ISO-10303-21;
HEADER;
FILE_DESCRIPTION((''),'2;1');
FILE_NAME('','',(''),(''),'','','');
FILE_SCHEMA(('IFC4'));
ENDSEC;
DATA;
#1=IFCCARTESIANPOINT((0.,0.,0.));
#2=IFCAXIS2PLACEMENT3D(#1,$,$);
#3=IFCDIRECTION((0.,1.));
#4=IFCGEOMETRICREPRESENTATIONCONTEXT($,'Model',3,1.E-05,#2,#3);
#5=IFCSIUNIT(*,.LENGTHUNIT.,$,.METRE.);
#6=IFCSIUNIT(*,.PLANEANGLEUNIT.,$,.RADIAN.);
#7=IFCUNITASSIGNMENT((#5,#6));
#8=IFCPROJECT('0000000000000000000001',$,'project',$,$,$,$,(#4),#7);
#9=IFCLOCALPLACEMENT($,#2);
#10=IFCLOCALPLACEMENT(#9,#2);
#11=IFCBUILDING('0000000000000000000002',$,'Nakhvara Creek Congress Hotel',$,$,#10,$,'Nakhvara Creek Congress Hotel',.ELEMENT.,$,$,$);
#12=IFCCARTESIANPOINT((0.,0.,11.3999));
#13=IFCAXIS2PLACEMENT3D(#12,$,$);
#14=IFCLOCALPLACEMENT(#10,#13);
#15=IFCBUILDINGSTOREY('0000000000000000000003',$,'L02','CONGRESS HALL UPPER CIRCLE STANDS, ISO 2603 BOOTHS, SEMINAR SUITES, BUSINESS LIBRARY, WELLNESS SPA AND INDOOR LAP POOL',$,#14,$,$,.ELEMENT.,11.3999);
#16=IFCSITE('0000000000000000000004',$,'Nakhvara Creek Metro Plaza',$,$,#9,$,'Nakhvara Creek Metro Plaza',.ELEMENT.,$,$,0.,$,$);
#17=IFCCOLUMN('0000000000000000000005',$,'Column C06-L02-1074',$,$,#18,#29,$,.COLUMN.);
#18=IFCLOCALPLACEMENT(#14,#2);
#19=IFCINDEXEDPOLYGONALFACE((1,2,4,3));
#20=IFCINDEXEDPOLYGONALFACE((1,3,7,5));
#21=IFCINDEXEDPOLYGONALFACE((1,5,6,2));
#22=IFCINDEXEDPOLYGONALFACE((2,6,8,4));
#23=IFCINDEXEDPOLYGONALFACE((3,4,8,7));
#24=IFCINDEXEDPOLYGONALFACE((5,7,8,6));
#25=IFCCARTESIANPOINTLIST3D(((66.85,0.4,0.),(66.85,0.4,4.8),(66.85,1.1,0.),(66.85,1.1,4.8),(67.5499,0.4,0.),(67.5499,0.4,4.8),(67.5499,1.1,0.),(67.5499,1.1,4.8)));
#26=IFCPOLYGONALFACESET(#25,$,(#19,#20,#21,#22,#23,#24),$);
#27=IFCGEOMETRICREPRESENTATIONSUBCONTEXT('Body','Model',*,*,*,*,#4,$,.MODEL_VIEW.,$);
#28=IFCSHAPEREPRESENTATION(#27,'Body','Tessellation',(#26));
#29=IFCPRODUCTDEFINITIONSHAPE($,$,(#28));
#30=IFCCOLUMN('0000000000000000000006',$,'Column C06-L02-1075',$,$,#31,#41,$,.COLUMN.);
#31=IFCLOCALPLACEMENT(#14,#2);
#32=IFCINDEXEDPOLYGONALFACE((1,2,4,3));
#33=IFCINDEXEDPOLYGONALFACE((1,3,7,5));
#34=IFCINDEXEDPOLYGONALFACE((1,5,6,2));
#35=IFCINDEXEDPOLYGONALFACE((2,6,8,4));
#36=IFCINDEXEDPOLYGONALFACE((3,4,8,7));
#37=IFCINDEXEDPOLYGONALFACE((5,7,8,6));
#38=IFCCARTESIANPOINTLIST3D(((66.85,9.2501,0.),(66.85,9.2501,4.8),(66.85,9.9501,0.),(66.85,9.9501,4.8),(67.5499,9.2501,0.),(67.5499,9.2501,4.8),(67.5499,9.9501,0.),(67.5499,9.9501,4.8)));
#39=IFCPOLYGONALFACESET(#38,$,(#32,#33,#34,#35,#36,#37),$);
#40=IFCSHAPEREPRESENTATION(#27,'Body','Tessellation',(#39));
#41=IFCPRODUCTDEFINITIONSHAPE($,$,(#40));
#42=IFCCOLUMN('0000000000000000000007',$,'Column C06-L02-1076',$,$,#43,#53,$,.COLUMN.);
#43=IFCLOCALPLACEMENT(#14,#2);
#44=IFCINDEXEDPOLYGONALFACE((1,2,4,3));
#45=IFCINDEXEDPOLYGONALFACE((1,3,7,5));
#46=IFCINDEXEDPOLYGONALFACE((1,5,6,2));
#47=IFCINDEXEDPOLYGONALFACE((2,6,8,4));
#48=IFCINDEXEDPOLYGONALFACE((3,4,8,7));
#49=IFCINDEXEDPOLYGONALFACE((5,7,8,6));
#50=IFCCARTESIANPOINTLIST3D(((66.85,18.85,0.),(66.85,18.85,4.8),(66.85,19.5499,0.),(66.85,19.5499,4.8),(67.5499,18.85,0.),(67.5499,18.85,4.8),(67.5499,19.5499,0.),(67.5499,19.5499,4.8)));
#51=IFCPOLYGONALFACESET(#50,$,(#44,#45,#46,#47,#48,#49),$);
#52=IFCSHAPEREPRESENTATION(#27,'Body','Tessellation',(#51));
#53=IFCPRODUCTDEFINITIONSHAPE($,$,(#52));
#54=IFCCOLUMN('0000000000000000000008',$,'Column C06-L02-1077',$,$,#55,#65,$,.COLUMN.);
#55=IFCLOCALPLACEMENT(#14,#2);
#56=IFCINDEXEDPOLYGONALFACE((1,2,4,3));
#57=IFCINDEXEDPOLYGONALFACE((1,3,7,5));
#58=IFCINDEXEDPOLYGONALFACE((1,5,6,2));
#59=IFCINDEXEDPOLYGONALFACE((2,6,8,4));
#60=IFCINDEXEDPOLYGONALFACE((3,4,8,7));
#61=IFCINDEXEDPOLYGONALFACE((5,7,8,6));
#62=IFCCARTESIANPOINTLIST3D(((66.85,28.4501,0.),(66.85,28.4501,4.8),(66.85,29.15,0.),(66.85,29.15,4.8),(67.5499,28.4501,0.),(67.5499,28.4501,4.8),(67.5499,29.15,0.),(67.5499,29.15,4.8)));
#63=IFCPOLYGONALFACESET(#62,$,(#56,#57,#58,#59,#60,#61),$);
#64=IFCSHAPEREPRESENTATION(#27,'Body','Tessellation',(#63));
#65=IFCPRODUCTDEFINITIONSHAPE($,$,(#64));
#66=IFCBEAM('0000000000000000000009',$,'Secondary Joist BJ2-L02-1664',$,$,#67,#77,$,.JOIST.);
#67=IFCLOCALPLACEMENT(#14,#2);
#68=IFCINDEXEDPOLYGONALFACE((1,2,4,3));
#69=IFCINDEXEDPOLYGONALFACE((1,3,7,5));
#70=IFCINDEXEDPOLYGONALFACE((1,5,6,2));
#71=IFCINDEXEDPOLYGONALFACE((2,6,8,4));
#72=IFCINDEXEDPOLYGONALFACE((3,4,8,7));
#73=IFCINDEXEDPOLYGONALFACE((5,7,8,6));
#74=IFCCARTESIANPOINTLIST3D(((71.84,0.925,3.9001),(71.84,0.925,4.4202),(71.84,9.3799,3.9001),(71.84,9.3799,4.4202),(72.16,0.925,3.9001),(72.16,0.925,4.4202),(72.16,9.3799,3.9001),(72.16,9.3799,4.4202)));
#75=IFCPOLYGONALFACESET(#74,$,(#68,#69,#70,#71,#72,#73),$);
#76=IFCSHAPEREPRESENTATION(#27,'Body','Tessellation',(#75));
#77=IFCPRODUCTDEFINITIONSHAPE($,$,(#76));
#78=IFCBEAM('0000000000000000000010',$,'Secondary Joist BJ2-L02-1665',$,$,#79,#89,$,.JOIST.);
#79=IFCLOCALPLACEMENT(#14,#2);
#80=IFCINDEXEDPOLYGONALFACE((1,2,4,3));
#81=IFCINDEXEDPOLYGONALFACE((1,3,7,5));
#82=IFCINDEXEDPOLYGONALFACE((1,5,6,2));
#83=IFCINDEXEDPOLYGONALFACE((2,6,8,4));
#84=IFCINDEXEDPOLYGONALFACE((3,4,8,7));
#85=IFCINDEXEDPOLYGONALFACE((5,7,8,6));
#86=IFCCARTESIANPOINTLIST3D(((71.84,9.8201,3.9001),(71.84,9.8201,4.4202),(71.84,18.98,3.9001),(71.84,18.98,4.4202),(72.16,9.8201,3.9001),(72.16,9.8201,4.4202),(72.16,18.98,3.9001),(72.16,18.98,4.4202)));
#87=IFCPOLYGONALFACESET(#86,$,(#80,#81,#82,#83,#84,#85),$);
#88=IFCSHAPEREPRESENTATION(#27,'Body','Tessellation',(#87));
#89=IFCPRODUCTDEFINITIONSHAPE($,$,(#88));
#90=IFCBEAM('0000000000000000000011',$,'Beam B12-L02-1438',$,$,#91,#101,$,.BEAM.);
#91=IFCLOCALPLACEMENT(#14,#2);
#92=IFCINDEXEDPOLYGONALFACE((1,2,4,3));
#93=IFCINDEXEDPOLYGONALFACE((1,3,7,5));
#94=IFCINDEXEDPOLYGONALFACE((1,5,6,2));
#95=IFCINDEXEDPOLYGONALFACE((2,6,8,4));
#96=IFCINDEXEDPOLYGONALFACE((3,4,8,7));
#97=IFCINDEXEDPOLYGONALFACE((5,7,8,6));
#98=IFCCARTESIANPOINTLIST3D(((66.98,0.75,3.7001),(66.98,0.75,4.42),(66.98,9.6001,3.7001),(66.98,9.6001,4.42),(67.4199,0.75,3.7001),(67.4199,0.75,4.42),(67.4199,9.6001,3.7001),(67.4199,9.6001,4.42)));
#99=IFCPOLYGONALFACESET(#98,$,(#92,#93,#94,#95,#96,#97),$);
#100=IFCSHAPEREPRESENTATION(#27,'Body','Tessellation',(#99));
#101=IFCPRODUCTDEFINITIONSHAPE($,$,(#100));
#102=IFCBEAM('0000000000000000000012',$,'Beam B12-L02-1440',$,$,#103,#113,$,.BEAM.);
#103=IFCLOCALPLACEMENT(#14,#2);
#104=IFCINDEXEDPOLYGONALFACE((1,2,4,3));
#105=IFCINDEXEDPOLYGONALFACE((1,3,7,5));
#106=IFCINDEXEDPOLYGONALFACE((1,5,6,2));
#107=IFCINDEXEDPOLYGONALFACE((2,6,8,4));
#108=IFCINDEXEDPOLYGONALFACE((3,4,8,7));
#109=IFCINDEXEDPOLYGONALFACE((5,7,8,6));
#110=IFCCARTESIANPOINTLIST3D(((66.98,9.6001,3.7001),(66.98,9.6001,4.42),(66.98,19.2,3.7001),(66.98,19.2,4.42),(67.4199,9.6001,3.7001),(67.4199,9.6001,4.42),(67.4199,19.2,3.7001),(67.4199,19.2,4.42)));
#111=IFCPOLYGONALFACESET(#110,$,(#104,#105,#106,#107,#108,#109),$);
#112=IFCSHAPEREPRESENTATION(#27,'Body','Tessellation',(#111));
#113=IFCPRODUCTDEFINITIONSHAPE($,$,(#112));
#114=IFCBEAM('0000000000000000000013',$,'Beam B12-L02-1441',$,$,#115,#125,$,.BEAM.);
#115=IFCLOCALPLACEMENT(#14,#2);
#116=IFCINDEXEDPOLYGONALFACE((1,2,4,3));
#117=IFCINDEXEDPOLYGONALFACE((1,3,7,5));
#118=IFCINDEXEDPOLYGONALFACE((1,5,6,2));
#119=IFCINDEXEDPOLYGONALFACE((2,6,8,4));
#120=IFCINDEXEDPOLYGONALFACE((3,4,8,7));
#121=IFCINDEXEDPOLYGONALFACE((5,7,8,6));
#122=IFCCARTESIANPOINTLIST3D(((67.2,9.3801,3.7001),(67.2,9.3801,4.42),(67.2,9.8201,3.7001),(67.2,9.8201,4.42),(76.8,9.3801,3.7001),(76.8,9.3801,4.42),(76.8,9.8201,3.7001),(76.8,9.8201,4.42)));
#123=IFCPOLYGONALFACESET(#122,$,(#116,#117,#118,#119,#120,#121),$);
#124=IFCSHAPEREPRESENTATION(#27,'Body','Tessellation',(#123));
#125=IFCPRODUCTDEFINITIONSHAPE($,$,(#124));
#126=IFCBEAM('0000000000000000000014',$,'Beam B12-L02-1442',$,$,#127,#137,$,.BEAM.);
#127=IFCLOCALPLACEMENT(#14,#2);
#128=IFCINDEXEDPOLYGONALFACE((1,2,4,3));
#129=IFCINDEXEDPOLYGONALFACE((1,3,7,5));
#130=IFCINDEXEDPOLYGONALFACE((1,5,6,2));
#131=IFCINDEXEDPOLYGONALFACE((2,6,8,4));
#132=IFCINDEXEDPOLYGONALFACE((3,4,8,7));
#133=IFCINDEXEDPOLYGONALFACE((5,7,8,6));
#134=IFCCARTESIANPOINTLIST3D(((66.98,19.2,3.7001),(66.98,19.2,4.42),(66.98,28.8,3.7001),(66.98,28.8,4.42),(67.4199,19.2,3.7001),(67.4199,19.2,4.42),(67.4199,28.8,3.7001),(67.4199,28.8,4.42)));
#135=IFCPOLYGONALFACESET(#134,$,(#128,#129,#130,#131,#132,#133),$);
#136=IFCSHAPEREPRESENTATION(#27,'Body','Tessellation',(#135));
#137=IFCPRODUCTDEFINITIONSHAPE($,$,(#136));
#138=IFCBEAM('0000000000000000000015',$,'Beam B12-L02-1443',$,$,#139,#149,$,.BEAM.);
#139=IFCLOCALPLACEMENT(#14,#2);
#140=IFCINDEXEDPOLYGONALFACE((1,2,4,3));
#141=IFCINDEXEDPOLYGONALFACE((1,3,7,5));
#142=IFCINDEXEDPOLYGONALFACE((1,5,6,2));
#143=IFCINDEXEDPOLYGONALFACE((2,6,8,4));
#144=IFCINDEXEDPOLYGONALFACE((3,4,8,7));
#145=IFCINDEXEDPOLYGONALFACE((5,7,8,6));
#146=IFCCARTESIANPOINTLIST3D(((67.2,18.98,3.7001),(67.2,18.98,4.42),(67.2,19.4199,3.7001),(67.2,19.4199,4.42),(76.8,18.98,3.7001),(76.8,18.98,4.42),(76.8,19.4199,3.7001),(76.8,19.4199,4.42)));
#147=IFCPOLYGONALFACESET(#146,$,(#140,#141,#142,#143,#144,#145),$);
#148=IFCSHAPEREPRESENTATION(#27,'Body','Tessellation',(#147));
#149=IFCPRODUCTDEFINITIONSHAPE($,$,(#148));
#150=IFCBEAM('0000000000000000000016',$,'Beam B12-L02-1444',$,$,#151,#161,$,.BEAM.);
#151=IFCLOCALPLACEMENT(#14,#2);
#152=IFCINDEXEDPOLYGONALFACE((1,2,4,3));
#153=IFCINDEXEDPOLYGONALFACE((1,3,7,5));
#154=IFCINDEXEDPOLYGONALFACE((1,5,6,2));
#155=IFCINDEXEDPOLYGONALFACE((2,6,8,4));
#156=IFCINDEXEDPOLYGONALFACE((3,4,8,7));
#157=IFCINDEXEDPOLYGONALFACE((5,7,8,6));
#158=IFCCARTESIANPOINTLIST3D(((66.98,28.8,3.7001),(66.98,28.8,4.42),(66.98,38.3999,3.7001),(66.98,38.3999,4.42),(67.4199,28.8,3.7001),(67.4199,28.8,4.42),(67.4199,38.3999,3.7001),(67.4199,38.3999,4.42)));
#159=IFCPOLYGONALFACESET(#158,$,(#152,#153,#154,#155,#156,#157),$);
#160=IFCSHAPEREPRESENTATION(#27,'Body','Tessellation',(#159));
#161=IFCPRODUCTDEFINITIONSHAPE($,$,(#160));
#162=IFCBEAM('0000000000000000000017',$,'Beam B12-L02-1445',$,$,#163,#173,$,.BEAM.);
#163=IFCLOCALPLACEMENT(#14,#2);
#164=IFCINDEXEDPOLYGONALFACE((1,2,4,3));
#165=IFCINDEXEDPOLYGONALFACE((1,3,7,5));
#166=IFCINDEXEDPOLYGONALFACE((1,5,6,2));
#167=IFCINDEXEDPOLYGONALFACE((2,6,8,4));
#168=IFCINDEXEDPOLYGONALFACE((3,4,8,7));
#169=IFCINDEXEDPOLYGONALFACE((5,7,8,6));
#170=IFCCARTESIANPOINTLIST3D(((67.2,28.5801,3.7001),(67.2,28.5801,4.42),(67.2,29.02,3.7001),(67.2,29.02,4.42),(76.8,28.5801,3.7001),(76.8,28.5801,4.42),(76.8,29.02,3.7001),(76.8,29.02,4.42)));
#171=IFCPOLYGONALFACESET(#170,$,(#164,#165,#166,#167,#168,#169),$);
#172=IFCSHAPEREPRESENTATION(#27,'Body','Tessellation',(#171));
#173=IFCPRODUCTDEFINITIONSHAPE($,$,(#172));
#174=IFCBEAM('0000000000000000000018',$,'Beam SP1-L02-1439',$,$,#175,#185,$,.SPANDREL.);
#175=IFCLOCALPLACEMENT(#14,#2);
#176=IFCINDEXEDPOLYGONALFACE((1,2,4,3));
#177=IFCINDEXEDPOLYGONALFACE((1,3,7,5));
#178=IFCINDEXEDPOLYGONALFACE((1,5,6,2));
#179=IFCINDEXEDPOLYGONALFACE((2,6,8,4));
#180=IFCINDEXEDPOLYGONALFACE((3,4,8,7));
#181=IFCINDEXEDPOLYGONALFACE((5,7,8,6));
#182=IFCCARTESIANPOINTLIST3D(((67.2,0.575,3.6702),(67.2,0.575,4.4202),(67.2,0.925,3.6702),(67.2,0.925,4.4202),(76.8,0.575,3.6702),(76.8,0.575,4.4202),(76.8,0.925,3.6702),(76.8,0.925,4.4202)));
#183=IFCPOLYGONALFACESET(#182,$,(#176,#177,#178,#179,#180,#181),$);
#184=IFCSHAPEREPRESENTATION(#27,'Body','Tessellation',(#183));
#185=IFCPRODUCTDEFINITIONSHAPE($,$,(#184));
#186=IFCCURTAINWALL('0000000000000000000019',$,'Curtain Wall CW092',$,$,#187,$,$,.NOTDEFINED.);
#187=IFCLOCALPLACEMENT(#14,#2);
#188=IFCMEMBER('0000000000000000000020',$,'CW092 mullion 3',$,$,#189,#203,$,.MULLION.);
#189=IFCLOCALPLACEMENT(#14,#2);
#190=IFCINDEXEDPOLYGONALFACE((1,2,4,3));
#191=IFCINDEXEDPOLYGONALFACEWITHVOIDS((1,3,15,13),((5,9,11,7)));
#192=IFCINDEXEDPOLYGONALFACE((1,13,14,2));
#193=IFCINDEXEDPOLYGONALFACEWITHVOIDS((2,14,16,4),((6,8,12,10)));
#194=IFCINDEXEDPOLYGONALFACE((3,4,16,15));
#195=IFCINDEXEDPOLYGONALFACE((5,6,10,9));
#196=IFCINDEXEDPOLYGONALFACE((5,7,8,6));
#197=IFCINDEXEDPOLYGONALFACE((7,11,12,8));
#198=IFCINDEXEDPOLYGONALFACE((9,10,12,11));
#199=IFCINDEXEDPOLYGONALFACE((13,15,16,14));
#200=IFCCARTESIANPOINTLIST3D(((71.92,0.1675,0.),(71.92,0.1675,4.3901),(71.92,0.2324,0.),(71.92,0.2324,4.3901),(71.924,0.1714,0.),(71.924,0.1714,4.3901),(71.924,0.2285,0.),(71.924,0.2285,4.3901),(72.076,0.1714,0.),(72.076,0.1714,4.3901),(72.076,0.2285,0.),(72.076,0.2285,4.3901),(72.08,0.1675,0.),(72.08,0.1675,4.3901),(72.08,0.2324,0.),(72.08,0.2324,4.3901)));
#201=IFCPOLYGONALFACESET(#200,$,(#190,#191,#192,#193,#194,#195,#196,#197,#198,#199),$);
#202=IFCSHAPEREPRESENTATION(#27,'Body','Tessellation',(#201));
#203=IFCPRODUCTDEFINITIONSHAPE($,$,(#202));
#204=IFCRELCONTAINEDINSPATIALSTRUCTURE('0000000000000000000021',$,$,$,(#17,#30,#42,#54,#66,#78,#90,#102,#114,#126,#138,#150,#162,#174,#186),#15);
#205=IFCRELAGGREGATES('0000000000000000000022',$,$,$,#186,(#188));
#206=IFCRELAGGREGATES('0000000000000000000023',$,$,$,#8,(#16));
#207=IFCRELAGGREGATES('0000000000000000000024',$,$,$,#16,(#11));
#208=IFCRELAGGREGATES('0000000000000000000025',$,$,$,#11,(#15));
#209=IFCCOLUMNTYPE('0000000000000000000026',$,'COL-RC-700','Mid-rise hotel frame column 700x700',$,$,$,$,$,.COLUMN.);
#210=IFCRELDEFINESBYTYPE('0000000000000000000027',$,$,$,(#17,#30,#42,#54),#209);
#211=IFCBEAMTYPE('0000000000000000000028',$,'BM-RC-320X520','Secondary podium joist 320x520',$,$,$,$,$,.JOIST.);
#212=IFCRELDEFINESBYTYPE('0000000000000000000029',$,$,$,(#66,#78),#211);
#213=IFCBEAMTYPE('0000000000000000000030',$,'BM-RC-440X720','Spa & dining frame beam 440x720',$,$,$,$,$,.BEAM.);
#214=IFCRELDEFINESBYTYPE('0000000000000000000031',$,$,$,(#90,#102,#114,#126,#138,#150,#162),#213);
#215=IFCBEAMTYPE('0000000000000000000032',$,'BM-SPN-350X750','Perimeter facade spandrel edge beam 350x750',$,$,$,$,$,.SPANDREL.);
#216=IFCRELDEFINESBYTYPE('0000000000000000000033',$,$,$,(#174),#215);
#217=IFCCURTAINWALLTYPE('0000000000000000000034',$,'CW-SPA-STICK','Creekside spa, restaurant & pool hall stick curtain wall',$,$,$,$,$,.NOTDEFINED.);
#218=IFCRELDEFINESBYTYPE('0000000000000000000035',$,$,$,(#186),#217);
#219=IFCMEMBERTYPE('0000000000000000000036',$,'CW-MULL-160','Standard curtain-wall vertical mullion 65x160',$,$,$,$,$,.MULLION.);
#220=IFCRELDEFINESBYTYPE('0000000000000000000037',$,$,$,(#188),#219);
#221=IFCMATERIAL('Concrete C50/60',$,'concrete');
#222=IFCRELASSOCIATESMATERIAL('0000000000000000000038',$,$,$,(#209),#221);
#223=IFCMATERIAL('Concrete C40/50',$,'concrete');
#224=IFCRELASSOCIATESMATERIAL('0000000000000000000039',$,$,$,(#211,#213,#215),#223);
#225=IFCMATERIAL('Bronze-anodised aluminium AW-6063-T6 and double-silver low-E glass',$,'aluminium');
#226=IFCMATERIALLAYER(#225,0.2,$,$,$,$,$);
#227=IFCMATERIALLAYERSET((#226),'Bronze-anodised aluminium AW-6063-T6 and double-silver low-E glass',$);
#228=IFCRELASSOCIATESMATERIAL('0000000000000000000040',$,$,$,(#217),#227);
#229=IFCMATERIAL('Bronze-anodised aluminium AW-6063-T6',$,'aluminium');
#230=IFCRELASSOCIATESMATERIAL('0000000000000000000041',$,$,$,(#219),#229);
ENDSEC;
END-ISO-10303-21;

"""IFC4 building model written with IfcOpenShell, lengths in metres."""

from ifc_helpers import new_model, si_unit, direction, frame, origin, origin_2d, place, context, subcontext, project, spatial, rectangle, hollow_rectangle, extrude, material, layer, layer_set, material_profile, profile_set, type_object, element, aggregate, save


model = new_model("IFC4")

# Units and contexts
model_context = context("Model", 3, precision=1e-05, world=origin(), true_north=direction((0.0, 1.0)))
body_context = subcontext(model_context, "Body", "Model", "MODEL_VIEW")
ifc_project = project(units=[si_unit("LENGTHUNIT", "METRE"), si_unit("PLANEANGLEUNIT", "RADIAN")], contexts=[model_context])

# Site, building, storey
site_placement = place(None, origin())
site = spatial("IfcSite", under=ifc_project, at=site_placement, Name="Nakhvara Creek Metro Plaza", LongName="Nakhvara Creek Metro Plaza", CompositionType="ELEMENT", RefElevation=0.0)
building_placement = place(site_placement, origin())
building = spatial("IfcBuilding", under=site, at=building_placement, Name="Nakhvara Creek Congress Hotel", LongName="Nakhvara Creek Congress Hotel", CompositionType="ELEMENT")
storey_placement = place(building_placement, frame((0.0, 0.0, 11.3999)))
storey = spatial("IfcBuildingStorey", under=building, at=storey_placement, Name="L02", Description="CONGRESS HALL UPPER CIRCLE STANDS, ISO 2603 BOOTHS, SEMINAR SUITES, BUSINESS LIBRARY, WELLNESS SPA AND INDOOR LAP POOL", CompositionType="ELEMENT", Elevation=11.3999)

# Columns
ifc_material_1 = material(Name="Concrete C50/60", Category="concrete")
ifc_material_profile_1 = material_profile(ifc_material_1, rectangle(XDim=0.7, YDim=0.7, at=origin_2d()), Name="RC-COL 700x700", Category="LoadBearing")
ifc_profile_set_1 = profile_set([ifc_material_profile_1], Name="Concrete C50/60")
column_type = type_object("IfcColumnType", Name="COL-RC-700", Description="Mid-rise hotel frame column 700x700", PredefinedType="COLUMN", material=ifc_profile_set_1)
for number, where, z_axis, x_axis, name in (
    (1, (67.2, 0.75, 0.0), (0.0, 0.0, 1.0), (1.0, 0.0, 0.0), "Column C06-L02-1074"),
    (2, (67.2, 9.6001, 0.0), (0.0, 0.0, 1.0), (1.0, 0.0, 0.0), "Column C06-L02-1075"),
    (3, (67.2, 19.2, 0.0), (0.0, 0.0, 1.0), (1.0, 0.0, 0.0), "Column C06-L02-1076"),
    (4, (67.2, 28.8, 0.0), (0.0, 0.0, 1.0), (1.0, 0.0, 0.0), "Column C06-L02-1077"),
):
    element("IfcColumn", number, at=place(storey_placement, frame(where, z_axis=z_axis, x_axis=x_axis)), inside=storey, type_object=column_type, Name=name, PredefinedType="COLUMN", context=body_context, shape_type="SweptSolid", body=[
        extrude(rectangle(XDim=0.7, YDim=0.7, at=origin_2d()), origin(), (0.0, 0.0, 1.0), 4.8),
    ])

# Beams
ifc_material_2 = material(Name="Concrete C40/50", Category="concrete")
ifc_material_profile_2 = material_profile(ifc_material_2, rectangle(XDim=0.3201, YDim=0.52, at=origin_2d()), Name="RC-BM 320x520", Category="LoadBearing")
ifc_profile_set_2 = profile_set([ifc_material_profile_2], Name="Concrete C40/50")
beam_type_1 = type_object("IfcBeamType", Name="BM-RC-320X520", Description="Secondary podium joist 320x520", PredefinedType="JOIST", material=ifc_profile_set_2)
beam_1_placement = place(storey_placement, frame((72.0, 0.925, 4.1602), z_axis=(0.0, 1.0, 0.0), x_axis=(-1.0, 0.0, 0.0)))
element("IfcBeam", 5, at=beam_1_placement, inside=storey, type_object=beam_type_1, Name="Secondary Joist BJ2-L02-1664", PredefinedType="JOIST", context=body_context, shape_type="SweptSolid", body=[
    extrude(rectangle(XDim=0.3201, YDim=0.52, at=origin_2d()), origin(), (0.0, 0.0, 1.0), 8.4548),
])
beam_2_placement = place(storey_placement, frame((72.0, 9.8201, 4.1602), z_axis=(0.0, 1.0, 0.0), x_axis=(-1.0, 0.0, 0.0)))
element("IfcBeam", 6, at=beam_2_placement, inside=storey, type_object=beam_type_1, Name="Secondary Joist BJ2-L02-1665", PredefinedType="JOIST", context=body_context, shape_type="SweptSolid", body=[
    extrude(rectangle(XDim=0.3201, YDim=0.52, at=origin_2d()), origin(), (0.0, 0.0, 1.0), 9.1599),
])
ifc_material_profile_3 = material_profile(ifc_material_2, rectangle(XDim=0.4399, YDim=0.72, at=origin_2d()), Name="RC-BM 440x720", Category="LoadBearing")
ifc_profile_set_3 = profile_set([ifc_material_profile_3], Name="Concrete C40/50")
beam_type_2 = type_object("IfcBeamType", Name="BM-RC-440X720", Description="Spa & dining frame beam 440x720", PredefinedType="BEAM", material=ifc_profile_set_3)
beam_3_placement = place(storey_placement, frame((67.2, 0.75, 4.0601), z_axis=(0.0, 1.0, 0.0), x_axis=(-1.0, 0.0, 0.0)))
element("IfcBeam", 7, at=beam_3_placement, inside=storey, type_object=beam_type_2, Name="Beam B12-L02-1438", PredefinedType="BEAM", context=body_context, shape_type="SweptSolid", body=[
    extrude(rectangle(XDim=0.4399, YDim=0.72, at=origin_2d()), origin(), (0.0, 0.0, 1.0), 8.8501),
])
beam_4_placement = place(storey_placement, frame((67.2, 9.6001, 4.0601), z_axis=(0.0, 1.0, 0.0), x_axis=(-1.0, 0.0, 0.0)))
element("IfcBeam", 8, at=beam_4_placement, inside=storey, type_object=beam_type_2, Name="Beam B12-L02-1440", PredefinedType="BEAM", context=body_context, shape_type="SweptSolid", body=[
    extrude(rectangle(XDim=0.4399, YDim=0.72, at=origin_2d()), origin(), (0.0, 0.0, 1.0), 9.5999),
])
for number, where, z_axis, x_axis, name in (
    (9, (67.2, 9.6001, 4.0601), (1.0, 0.0, 0.0), (0.0, 1.0, 0.0), "Beam B12-L02-1441"),
    (10, (67.2, 19.2, 4.0601), (0.0, 1.0, 0.0), (-1.0, 0.0, 0.0), "Beam B12-L02-1442"),
    (11, (67.2, 19.2, 4.0601), (1.0, 0.0, 0.0), (0.0, 1.0, 0.0), "Beam B12-L02-1443"),
):
    element("IfcBeam", number, at=place(storey_placement, frame(where, z_axis=z_axis, x_axis=x_axis)), inside=storey, type_object=beam_type_2, Name=name, PredefinedType="BEAM", context=body_context, shape_type="SweptSolid", body=[
        extrude(rectangle(XDim=0.4399, YDim=0.72, at=origin_2d()), origin(), (0.0, 0.0, 1.0), 9.6001),
    ])
beam_5_placement = place(storey_placement, frame((67.2, 28.8, 4.0601), z_axis=(0.0, 1.0, 0.0), x_axis=(-1.0, 0.0, 0.0)))
element("IfcBeam", 12, at=beam_5_placement, inside=storey, type_object=beam_type_2, Name="Beam B12-L02-1444", PredefinedType="BEAM", context=body_context, shape_type="SweptSolid", body=[
    extrude(rectangle(XDim=0.4399, YDim=0.72, at=origin_2d()), origin(), (0.0, 0.0, 1.0), 9.5999),
])
beam_6_placement = place(storey_placement, frame((67.2, 28.8, 4.0601), z_axis=(1.0, 0.0, 0.0), x_axis=(0.0, 1.0, 0.0)))
element("IfcBeam", 13, at=beam_6_placement, inside=storey, type_object=beam_type_2, Name="Beam B12-L02-1445", PredefinedType="BEAM", context=body_context, shape_type="SweptSolid", body=[
    extrude(rectangle(XDim=0.4399, YDim=0.72, at=origin_2d()), origin(), (0.0, 0.0, 1.0), 9.6001),
])
ifc_material_profile_4 = material_profile(ifc_material_2, rectangle(XDim=0.3501, YDim=0.75, at=origin_2d()), Name="RC-SPANDREL 350x750", Category="LoadBearing")
ifc_profile_set_4 = profile_set([ifc_material_profile_4], Name="Concrete C40/50")
beam_type_3 = type_object("IfcBeamType", Name="BM-SPN-350X750", Description="Perimeter facade spandrel edge beam 350x750", PredefinedType="SPANDREL", material=ifc_profile_set_4)
beam_7_placement = place(storey_placement, frame((67.2, 0.75, 4.0452), z_axis=(1.0, 0.0, 0.0), x_axis=(0.0, 1.0, 0.0)))
element("IfcBeam", 14, at=beam_7_placement, inside=storey, type_object=beam_type_3, Name="Beam SP1-L02-1439", PredefinedType="SPANDREL", context=body_context, shape_type="SweptSolid", body=[
    extrude(rectangle(XDim=0.3501, YDim=0.75, at=origin_2d()), origin(), (0.0, 0.0, 1.0), 9.6001),
])

# Curtain wall, member
ifc_material_3 = material(Name="Bronze-anodised aluminium AW-6063-T6 and double-silver low-E glass", Category="aluminium")
ifc_layer_1 = layer(ifc_material_3, 0.2)
ifc_layer_set_1 = layer_set([ifc_layer_1], Name="Bronze-anodised aluminium AW-6063-T6 and double-silver low-E glass")
curtain_wall_type = type_object("IfcCurtainWallType", Name="CW-SPA-STICK", Description="Creekside spa, restaurant & pool hall stick curtain wall", PredefinedType="NOTDEFINED", material=ifc_layer_set_1)
curtain_wall_placement = place(storey_placement, origin())
curtain_wall = element("IfcCurtainWall", 15, at=curtain_wall_placement, inside=storey, type_object=curtain_wall_type, Name="Curtain Wall CW092", PredefinedType="NOTDEFINED")
ifc_material_4 = material(Name="Bronze-anodised aluminium AW-6063-T6", Category="aluminium")
ifc_material_profile_5 = material_profile(ifc_material_4, hollow_rectangle(XDim=0.0649, YDim=0.1599, WallThickness=0.0039, at=origin_2d()), Name="ALU-MULL 65x160x4", Category="LoadBearing")
ifc_profile_set_5 = profile_set([ifc_material_profile_5], Name="Bronze-anodised aluminium AW-6063-T6")
member_type_1 = type_object("IfcMemberType", Name="CW-MULL-160", Description="Standard curtain-wall vertical mullion 65x160", PredefinedType="MULLION", material=ifc_profile_set_5)
member_1_placement = place(storey_placement, frame((72.0, 0.2, 0.0), z_axis=(0.0, 0.0, 1.0), x_axis=(0.0, -1.0, 0.0)))
member_1 = element("IfcMember", 16, at=member_1_placement, type_object=member_type_1, Name="CW092 mullion 3", PredefinedType="MULLION", context=body_context, shape_type="SweptSolid", body=[
    extrude(hollow_rectangle(XDim=0.0649, YDim=0.1599, WallThickness=0.0039, at=origin_2d()), origin(), (0.0, 0.0, 1.0), 4.3901),
])
aggregate(curtain_wall, [member_1])

save(model, "model.ifc")
